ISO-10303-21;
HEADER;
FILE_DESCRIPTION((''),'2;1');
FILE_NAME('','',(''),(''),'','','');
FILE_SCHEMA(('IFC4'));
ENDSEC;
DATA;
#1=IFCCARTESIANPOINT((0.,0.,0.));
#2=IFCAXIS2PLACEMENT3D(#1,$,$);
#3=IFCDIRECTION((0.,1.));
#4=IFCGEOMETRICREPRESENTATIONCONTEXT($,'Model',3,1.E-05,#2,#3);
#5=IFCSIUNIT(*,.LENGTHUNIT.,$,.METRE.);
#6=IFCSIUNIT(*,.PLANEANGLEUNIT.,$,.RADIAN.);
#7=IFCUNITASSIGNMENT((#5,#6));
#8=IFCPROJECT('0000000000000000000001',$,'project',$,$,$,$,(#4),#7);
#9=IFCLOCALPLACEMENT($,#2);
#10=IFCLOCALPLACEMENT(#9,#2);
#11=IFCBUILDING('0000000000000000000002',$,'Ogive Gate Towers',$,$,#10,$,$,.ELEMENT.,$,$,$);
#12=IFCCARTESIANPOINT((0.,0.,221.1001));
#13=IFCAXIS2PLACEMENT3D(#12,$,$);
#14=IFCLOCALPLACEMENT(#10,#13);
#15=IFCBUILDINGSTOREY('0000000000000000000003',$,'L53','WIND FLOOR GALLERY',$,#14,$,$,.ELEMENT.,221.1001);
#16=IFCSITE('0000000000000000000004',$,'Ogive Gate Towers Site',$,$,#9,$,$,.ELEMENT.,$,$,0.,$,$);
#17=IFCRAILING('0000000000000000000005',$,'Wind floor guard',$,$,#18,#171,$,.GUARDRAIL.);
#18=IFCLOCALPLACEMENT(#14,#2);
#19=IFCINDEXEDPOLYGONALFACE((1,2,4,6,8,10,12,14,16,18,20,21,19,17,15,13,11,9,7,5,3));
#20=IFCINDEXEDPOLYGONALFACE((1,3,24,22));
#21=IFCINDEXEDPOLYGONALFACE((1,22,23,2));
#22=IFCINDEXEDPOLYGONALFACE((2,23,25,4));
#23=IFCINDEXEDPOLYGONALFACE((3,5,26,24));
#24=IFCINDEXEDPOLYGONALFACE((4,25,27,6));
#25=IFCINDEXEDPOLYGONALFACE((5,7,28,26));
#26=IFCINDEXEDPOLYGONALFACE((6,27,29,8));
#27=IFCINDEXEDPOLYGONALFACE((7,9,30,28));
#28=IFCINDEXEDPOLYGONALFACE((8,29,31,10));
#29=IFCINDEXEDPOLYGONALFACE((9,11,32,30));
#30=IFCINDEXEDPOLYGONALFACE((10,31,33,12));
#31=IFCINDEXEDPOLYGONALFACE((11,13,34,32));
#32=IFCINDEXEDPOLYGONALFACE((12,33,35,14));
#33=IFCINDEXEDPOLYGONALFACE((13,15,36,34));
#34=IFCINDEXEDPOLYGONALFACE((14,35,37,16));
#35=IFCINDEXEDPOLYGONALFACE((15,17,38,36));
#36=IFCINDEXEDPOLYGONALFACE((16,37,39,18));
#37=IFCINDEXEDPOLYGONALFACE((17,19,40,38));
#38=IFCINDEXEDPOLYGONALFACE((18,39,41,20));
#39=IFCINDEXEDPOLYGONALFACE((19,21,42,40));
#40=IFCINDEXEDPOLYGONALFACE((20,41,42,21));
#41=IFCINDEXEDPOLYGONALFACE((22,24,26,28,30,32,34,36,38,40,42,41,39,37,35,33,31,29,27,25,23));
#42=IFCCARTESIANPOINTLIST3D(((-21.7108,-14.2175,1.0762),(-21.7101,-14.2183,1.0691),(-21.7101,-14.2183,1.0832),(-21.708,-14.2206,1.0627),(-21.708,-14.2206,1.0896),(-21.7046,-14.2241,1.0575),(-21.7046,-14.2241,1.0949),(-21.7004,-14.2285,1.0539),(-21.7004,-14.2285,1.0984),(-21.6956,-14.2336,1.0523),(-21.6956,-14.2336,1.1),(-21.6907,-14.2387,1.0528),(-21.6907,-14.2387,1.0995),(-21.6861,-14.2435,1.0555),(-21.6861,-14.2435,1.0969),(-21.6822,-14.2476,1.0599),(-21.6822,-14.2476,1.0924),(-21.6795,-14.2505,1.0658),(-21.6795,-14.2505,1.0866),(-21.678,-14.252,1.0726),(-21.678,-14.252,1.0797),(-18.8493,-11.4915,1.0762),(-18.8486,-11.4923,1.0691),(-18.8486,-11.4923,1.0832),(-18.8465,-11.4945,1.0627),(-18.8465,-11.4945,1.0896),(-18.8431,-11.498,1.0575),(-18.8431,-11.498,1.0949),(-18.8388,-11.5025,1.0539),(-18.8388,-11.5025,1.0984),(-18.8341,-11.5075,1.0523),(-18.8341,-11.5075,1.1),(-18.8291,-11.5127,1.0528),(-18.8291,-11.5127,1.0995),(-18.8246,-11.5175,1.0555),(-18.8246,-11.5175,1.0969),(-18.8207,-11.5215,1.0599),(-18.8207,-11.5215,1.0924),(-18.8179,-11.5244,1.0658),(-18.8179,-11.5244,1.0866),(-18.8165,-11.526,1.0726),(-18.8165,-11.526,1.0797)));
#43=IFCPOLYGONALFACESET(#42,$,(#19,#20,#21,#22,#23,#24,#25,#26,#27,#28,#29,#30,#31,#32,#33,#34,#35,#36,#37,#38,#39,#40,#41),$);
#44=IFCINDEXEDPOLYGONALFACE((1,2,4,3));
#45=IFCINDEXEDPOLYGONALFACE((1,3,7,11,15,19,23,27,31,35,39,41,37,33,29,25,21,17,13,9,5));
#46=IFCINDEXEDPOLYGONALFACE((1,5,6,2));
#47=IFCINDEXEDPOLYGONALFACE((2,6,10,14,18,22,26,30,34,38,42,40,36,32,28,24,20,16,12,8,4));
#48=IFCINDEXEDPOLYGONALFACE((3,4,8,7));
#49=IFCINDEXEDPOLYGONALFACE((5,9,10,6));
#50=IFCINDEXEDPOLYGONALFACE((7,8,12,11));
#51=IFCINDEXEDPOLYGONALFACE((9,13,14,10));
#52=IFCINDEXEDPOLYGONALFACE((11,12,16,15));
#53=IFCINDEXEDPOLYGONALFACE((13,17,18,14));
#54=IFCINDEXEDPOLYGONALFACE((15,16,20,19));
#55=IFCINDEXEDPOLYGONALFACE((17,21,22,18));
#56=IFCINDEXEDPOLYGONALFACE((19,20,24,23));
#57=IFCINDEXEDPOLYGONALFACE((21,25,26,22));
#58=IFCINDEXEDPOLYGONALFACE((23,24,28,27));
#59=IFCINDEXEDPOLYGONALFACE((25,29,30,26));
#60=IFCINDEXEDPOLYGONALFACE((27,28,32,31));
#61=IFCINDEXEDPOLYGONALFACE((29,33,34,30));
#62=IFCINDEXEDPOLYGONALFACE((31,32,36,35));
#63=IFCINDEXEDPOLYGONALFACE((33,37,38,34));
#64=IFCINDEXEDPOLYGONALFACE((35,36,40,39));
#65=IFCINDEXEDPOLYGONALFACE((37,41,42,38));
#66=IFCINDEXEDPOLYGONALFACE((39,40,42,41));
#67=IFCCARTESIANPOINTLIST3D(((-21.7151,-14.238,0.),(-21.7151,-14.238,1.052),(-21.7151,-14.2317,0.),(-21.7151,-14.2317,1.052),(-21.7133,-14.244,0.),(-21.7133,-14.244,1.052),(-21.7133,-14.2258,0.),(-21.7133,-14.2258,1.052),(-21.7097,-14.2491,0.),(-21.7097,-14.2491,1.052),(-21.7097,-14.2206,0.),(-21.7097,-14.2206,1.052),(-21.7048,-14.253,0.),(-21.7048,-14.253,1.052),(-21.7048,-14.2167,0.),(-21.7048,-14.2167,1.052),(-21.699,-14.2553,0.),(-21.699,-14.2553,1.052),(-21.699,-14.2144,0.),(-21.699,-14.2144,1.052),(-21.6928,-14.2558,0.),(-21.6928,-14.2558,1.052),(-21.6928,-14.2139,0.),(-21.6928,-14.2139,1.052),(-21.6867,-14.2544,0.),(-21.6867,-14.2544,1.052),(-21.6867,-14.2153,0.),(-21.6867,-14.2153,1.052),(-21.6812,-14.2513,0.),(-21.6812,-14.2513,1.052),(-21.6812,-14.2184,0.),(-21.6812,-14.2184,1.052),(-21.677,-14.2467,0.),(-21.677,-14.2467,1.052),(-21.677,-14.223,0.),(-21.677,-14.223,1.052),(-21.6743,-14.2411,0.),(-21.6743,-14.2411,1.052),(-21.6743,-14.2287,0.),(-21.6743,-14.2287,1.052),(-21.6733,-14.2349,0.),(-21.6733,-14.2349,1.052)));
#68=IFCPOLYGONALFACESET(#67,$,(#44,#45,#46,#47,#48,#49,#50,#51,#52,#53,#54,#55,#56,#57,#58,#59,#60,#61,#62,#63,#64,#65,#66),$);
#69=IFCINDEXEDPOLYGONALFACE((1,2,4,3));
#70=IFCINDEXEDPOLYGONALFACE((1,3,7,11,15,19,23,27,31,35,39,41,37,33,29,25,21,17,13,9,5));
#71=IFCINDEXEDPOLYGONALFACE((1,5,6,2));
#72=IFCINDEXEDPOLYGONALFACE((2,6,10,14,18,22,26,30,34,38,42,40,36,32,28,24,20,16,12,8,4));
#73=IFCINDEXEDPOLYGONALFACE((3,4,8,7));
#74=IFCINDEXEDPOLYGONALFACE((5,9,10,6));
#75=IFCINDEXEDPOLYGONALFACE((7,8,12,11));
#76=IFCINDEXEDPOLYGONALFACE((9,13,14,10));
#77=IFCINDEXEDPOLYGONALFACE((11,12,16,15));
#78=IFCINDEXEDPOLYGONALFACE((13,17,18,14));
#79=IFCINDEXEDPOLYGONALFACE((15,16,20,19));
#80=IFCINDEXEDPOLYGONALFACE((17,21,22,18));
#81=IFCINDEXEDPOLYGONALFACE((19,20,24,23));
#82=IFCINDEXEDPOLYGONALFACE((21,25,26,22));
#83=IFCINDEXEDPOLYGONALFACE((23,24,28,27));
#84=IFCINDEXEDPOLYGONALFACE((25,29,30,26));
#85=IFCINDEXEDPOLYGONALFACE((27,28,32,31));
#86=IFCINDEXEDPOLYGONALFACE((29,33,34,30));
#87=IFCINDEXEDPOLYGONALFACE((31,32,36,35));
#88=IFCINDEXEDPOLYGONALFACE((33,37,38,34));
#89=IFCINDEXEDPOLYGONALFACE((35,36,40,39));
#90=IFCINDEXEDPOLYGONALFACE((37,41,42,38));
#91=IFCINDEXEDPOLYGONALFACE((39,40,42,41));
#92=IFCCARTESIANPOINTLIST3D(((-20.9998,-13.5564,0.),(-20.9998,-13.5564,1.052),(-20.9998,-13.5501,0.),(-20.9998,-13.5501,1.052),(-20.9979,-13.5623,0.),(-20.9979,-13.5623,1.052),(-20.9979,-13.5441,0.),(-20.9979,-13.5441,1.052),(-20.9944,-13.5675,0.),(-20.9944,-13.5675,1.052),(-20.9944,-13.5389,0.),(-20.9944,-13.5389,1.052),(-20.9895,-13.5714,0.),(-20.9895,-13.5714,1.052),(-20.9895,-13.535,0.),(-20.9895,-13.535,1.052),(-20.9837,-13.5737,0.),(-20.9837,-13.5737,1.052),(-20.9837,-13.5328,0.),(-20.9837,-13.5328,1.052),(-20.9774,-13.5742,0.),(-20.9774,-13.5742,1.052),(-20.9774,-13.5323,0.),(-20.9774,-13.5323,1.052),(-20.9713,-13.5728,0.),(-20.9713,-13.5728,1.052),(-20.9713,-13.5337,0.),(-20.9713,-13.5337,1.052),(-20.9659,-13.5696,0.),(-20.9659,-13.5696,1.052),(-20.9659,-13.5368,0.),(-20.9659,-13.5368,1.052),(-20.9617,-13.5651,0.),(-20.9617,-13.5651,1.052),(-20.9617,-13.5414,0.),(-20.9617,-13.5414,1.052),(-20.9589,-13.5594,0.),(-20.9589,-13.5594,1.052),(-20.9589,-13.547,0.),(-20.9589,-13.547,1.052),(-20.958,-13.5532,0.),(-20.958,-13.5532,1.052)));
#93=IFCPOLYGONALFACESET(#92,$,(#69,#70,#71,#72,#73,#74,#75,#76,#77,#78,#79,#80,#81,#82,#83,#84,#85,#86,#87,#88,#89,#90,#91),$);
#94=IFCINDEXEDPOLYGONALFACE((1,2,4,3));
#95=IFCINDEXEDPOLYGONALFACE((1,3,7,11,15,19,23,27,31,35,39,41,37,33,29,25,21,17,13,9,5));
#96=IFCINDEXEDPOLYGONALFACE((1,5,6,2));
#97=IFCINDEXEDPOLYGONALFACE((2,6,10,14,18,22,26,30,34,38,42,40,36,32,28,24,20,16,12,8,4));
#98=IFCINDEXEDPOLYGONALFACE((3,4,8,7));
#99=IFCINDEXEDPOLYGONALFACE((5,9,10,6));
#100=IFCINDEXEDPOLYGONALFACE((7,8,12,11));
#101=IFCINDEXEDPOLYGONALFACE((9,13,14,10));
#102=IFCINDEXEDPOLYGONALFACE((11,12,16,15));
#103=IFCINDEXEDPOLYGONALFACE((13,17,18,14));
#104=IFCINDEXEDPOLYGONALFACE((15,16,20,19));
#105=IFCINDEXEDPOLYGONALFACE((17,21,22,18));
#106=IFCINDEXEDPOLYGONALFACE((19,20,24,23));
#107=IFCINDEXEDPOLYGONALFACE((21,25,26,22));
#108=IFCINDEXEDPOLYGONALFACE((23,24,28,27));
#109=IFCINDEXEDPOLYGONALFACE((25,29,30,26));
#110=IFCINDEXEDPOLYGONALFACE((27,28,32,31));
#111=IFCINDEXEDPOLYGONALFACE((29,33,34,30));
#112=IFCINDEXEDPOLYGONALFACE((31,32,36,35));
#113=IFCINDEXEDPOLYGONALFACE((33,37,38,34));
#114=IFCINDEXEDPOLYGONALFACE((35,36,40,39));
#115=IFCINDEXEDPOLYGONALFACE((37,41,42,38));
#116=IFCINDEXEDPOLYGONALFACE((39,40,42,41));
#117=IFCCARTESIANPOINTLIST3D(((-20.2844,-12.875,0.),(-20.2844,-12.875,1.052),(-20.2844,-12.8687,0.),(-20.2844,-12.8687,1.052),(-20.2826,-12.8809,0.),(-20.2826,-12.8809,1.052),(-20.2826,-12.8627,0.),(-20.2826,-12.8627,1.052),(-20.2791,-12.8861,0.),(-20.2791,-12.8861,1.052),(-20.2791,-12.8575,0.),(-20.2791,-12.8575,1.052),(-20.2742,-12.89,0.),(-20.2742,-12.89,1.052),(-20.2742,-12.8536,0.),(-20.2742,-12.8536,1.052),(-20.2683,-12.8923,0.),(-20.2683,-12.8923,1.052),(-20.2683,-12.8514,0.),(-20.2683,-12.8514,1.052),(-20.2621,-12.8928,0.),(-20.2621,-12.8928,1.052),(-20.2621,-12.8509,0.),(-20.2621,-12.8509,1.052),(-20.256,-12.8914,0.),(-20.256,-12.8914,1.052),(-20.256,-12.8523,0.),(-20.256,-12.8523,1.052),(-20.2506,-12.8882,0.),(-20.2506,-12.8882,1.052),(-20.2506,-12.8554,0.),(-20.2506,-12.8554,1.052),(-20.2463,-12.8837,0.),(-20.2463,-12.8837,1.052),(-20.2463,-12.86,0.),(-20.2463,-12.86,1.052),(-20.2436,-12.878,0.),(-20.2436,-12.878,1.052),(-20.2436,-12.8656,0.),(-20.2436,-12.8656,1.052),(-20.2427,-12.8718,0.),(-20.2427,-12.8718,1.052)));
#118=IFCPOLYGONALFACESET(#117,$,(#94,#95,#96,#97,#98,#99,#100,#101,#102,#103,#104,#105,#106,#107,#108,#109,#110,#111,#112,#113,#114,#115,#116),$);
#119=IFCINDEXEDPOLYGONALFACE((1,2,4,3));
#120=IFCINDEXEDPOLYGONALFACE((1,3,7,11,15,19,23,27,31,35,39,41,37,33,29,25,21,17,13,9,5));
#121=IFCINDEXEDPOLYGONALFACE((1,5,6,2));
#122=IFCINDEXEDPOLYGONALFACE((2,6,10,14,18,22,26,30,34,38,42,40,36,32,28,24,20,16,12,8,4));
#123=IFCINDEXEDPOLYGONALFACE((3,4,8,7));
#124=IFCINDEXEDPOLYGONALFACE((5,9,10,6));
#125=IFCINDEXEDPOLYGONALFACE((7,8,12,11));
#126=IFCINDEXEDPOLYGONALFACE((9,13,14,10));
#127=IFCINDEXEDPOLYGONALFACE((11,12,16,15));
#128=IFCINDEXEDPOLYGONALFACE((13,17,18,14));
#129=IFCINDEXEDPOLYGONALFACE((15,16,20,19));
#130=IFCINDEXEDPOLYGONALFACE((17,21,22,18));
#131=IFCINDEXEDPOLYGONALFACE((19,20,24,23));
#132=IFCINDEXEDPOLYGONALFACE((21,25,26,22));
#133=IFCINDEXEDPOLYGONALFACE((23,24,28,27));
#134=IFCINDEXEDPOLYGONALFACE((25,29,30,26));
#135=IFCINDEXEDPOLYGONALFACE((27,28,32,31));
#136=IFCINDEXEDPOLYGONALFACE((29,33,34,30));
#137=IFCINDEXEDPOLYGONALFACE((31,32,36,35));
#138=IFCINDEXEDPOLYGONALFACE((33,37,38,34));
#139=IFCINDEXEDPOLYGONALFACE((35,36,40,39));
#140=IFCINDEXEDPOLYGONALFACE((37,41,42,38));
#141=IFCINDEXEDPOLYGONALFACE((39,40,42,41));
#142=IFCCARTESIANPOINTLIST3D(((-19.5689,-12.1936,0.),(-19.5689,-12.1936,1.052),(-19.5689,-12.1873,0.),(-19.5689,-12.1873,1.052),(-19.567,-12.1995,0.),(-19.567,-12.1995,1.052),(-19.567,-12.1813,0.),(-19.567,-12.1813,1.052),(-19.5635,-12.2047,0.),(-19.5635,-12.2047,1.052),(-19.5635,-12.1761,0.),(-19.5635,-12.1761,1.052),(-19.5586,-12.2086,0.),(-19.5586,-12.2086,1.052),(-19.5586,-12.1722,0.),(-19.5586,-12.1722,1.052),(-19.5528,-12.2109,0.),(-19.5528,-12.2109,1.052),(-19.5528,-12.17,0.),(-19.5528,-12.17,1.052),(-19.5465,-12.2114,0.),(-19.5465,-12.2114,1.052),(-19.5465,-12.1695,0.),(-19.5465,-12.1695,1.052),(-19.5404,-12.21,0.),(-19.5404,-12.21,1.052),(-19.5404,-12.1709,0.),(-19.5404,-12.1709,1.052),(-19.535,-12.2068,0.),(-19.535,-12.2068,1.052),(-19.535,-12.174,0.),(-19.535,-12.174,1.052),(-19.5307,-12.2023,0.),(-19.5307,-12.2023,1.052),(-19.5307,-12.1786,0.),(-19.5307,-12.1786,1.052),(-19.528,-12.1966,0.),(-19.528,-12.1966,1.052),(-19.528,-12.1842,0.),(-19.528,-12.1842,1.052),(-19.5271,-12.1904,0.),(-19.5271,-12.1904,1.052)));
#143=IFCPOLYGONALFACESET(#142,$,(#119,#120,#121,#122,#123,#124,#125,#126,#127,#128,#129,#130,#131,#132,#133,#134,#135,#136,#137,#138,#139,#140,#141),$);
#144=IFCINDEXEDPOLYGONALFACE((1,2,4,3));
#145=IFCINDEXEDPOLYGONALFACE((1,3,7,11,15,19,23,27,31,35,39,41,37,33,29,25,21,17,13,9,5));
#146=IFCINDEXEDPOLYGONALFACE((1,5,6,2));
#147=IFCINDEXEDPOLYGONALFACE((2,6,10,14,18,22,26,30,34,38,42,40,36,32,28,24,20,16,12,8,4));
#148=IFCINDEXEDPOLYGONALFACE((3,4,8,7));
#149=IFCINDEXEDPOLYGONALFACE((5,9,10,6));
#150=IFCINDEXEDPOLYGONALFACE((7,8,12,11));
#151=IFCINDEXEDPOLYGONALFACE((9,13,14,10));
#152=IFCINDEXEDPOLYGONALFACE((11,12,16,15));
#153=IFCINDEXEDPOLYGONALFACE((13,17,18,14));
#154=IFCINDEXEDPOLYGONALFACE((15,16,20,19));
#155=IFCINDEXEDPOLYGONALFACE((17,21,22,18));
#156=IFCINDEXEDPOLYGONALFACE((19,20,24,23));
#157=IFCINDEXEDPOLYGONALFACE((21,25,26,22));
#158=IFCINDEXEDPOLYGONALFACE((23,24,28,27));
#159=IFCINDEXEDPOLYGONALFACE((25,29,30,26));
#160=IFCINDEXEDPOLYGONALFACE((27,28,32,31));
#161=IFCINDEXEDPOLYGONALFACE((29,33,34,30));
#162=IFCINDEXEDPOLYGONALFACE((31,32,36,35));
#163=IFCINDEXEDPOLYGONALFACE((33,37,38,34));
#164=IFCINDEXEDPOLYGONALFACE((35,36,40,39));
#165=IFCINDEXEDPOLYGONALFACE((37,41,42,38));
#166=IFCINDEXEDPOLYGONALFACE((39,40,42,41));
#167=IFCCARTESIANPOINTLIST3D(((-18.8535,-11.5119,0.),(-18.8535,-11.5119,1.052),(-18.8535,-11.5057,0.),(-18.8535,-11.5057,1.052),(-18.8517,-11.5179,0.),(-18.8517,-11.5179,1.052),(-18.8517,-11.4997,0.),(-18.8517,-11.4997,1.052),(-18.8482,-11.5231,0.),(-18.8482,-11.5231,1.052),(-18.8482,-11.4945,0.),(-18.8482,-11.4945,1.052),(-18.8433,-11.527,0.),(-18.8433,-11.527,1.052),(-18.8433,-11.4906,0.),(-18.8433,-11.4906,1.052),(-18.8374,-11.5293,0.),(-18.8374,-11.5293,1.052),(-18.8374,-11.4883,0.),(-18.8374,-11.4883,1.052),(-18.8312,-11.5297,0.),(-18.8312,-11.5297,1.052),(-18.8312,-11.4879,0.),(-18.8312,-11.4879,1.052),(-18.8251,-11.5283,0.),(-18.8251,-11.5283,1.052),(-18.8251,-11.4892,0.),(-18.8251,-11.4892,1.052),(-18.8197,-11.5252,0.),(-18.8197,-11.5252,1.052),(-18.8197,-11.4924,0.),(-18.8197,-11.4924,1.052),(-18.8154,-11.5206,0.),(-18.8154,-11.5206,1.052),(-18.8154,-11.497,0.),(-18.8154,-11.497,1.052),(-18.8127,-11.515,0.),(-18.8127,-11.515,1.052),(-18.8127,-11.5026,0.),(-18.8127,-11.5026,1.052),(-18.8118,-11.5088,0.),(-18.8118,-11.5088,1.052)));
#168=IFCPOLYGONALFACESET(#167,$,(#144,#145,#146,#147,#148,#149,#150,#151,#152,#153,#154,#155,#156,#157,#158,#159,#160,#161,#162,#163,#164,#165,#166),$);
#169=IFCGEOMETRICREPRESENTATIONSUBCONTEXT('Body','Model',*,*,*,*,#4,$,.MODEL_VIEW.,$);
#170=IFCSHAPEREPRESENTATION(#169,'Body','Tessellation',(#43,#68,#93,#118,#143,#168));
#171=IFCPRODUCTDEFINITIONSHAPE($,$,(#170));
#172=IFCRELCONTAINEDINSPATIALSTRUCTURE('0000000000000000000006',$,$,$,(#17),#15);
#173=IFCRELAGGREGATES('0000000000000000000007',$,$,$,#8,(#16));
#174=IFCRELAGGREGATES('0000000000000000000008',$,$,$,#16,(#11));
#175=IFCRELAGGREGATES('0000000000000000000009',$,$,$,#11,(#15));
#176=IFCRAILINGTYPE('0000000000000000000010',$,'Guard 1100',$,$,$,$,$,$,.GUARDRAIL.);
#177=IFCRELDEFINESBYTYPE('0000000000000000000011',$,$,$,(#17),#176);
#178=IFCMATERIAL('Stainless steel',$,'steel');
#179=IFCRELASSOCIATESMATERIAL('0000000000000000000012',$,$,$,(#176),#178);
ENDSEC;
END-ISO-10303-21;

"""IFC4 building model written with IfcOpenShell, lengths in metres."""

from ifc_helpers import new_model, si_unit, direction, frame, origin, origin_2d, place, context, subcontext, project, spatial, circle, extrude, material, type_object, element, save


model = new_model("IFC4")

# Units and contexts
model_context = context("Model", 3, precision=1e-05, world=origin(), true_north=direction((0.0, 1.0)))
body_context = subcontext(model_context, "Body", "Model", "MODEL_VIEW")
ifc_project = project(units=[si_unit("LENGTHUNIT", "METRE"), si_unit("PLANEANGLEUNIT", "RADIAN")], contexts=[model_context])

# Site, building, storey
site_placement = place(None, origin())
site = spatial("IfcSite", under=ifc_project, at=site_placement, Name="Ogive Gate Towers Site", CompositionType="ELEMENT", RefElevation=0.0)
building_placement = place(site_placement, origin())
building = spatial("IfcBuilding", under=site, at=building_placement, Name="Ogive Gate Towers", CompositionType="ELEMENT")
storey_placement = place(building_placement, frame((0.0, 0.0, 221.1001)))
storey = spatial("IfcBuildingStorey", under=building, at=storey_placement, Name="L53", Description="WIND FLOOR GALLERY", CompositionType="ELEMENT", Elevation=221.1001)

# Railing
ifc_material_1 = material(Name="Stainless steel", Category="steel")
railing_type_1 = type_object("IfcRailingType", Name="Guard 1100", PredefinedType="GUARDRAIL", material=ifc_material_1)
railing_1_placement = place(storey_placement, frame((-21.6943, -14.2349, 0.0)))
element("IfcRailing", 1, at=railing_1_placement, inside=storey, type_object=railing_type_1, Name="Wind floor guard", PredefinedType="GUARDRAIL", context=body_context, shape_type="SweptSolid", body=[
    extrude(circle(Radius=0.0239, at=origin_2d()), frame((0.0, 0.0, 1.0762), z_axis=(0.724041, 0.689757, 0.0), x_axis=(-0.689757, 0.724041, 0.0)), (0.0, 0.0, 1.0), 3.9521),
    extrude(circle(Radius=0.021, at=origin_2d()), origin(), (0.0, 0.0, 1.0), 1.052),
    extrude(circle(Radius=0.021, at=origin_2d()), frame((0.7153, 0.6816, 0.0)), (0.0, 0.0, 1.0), 1.052),
    extrude(circle(Radius=0.021, at=origin_2d()), frame((1.4307, 1.363, 0.0)), (0.0, 0.0, 1.0), 1.052),
    extrude(circle(Radius=0.021, at=origin_2d()), frame((2.1462, 2.0444, 0.0)), (0.0, 0.0, 1.0), 1.052),
    extrude(circle(Radius=0.021, at=origin_2d()), frame((2.8616, 2.7261, 0.0)), (0.0, 0.0, 1.0), 1.052),
])

save(model, "model.ifc")
